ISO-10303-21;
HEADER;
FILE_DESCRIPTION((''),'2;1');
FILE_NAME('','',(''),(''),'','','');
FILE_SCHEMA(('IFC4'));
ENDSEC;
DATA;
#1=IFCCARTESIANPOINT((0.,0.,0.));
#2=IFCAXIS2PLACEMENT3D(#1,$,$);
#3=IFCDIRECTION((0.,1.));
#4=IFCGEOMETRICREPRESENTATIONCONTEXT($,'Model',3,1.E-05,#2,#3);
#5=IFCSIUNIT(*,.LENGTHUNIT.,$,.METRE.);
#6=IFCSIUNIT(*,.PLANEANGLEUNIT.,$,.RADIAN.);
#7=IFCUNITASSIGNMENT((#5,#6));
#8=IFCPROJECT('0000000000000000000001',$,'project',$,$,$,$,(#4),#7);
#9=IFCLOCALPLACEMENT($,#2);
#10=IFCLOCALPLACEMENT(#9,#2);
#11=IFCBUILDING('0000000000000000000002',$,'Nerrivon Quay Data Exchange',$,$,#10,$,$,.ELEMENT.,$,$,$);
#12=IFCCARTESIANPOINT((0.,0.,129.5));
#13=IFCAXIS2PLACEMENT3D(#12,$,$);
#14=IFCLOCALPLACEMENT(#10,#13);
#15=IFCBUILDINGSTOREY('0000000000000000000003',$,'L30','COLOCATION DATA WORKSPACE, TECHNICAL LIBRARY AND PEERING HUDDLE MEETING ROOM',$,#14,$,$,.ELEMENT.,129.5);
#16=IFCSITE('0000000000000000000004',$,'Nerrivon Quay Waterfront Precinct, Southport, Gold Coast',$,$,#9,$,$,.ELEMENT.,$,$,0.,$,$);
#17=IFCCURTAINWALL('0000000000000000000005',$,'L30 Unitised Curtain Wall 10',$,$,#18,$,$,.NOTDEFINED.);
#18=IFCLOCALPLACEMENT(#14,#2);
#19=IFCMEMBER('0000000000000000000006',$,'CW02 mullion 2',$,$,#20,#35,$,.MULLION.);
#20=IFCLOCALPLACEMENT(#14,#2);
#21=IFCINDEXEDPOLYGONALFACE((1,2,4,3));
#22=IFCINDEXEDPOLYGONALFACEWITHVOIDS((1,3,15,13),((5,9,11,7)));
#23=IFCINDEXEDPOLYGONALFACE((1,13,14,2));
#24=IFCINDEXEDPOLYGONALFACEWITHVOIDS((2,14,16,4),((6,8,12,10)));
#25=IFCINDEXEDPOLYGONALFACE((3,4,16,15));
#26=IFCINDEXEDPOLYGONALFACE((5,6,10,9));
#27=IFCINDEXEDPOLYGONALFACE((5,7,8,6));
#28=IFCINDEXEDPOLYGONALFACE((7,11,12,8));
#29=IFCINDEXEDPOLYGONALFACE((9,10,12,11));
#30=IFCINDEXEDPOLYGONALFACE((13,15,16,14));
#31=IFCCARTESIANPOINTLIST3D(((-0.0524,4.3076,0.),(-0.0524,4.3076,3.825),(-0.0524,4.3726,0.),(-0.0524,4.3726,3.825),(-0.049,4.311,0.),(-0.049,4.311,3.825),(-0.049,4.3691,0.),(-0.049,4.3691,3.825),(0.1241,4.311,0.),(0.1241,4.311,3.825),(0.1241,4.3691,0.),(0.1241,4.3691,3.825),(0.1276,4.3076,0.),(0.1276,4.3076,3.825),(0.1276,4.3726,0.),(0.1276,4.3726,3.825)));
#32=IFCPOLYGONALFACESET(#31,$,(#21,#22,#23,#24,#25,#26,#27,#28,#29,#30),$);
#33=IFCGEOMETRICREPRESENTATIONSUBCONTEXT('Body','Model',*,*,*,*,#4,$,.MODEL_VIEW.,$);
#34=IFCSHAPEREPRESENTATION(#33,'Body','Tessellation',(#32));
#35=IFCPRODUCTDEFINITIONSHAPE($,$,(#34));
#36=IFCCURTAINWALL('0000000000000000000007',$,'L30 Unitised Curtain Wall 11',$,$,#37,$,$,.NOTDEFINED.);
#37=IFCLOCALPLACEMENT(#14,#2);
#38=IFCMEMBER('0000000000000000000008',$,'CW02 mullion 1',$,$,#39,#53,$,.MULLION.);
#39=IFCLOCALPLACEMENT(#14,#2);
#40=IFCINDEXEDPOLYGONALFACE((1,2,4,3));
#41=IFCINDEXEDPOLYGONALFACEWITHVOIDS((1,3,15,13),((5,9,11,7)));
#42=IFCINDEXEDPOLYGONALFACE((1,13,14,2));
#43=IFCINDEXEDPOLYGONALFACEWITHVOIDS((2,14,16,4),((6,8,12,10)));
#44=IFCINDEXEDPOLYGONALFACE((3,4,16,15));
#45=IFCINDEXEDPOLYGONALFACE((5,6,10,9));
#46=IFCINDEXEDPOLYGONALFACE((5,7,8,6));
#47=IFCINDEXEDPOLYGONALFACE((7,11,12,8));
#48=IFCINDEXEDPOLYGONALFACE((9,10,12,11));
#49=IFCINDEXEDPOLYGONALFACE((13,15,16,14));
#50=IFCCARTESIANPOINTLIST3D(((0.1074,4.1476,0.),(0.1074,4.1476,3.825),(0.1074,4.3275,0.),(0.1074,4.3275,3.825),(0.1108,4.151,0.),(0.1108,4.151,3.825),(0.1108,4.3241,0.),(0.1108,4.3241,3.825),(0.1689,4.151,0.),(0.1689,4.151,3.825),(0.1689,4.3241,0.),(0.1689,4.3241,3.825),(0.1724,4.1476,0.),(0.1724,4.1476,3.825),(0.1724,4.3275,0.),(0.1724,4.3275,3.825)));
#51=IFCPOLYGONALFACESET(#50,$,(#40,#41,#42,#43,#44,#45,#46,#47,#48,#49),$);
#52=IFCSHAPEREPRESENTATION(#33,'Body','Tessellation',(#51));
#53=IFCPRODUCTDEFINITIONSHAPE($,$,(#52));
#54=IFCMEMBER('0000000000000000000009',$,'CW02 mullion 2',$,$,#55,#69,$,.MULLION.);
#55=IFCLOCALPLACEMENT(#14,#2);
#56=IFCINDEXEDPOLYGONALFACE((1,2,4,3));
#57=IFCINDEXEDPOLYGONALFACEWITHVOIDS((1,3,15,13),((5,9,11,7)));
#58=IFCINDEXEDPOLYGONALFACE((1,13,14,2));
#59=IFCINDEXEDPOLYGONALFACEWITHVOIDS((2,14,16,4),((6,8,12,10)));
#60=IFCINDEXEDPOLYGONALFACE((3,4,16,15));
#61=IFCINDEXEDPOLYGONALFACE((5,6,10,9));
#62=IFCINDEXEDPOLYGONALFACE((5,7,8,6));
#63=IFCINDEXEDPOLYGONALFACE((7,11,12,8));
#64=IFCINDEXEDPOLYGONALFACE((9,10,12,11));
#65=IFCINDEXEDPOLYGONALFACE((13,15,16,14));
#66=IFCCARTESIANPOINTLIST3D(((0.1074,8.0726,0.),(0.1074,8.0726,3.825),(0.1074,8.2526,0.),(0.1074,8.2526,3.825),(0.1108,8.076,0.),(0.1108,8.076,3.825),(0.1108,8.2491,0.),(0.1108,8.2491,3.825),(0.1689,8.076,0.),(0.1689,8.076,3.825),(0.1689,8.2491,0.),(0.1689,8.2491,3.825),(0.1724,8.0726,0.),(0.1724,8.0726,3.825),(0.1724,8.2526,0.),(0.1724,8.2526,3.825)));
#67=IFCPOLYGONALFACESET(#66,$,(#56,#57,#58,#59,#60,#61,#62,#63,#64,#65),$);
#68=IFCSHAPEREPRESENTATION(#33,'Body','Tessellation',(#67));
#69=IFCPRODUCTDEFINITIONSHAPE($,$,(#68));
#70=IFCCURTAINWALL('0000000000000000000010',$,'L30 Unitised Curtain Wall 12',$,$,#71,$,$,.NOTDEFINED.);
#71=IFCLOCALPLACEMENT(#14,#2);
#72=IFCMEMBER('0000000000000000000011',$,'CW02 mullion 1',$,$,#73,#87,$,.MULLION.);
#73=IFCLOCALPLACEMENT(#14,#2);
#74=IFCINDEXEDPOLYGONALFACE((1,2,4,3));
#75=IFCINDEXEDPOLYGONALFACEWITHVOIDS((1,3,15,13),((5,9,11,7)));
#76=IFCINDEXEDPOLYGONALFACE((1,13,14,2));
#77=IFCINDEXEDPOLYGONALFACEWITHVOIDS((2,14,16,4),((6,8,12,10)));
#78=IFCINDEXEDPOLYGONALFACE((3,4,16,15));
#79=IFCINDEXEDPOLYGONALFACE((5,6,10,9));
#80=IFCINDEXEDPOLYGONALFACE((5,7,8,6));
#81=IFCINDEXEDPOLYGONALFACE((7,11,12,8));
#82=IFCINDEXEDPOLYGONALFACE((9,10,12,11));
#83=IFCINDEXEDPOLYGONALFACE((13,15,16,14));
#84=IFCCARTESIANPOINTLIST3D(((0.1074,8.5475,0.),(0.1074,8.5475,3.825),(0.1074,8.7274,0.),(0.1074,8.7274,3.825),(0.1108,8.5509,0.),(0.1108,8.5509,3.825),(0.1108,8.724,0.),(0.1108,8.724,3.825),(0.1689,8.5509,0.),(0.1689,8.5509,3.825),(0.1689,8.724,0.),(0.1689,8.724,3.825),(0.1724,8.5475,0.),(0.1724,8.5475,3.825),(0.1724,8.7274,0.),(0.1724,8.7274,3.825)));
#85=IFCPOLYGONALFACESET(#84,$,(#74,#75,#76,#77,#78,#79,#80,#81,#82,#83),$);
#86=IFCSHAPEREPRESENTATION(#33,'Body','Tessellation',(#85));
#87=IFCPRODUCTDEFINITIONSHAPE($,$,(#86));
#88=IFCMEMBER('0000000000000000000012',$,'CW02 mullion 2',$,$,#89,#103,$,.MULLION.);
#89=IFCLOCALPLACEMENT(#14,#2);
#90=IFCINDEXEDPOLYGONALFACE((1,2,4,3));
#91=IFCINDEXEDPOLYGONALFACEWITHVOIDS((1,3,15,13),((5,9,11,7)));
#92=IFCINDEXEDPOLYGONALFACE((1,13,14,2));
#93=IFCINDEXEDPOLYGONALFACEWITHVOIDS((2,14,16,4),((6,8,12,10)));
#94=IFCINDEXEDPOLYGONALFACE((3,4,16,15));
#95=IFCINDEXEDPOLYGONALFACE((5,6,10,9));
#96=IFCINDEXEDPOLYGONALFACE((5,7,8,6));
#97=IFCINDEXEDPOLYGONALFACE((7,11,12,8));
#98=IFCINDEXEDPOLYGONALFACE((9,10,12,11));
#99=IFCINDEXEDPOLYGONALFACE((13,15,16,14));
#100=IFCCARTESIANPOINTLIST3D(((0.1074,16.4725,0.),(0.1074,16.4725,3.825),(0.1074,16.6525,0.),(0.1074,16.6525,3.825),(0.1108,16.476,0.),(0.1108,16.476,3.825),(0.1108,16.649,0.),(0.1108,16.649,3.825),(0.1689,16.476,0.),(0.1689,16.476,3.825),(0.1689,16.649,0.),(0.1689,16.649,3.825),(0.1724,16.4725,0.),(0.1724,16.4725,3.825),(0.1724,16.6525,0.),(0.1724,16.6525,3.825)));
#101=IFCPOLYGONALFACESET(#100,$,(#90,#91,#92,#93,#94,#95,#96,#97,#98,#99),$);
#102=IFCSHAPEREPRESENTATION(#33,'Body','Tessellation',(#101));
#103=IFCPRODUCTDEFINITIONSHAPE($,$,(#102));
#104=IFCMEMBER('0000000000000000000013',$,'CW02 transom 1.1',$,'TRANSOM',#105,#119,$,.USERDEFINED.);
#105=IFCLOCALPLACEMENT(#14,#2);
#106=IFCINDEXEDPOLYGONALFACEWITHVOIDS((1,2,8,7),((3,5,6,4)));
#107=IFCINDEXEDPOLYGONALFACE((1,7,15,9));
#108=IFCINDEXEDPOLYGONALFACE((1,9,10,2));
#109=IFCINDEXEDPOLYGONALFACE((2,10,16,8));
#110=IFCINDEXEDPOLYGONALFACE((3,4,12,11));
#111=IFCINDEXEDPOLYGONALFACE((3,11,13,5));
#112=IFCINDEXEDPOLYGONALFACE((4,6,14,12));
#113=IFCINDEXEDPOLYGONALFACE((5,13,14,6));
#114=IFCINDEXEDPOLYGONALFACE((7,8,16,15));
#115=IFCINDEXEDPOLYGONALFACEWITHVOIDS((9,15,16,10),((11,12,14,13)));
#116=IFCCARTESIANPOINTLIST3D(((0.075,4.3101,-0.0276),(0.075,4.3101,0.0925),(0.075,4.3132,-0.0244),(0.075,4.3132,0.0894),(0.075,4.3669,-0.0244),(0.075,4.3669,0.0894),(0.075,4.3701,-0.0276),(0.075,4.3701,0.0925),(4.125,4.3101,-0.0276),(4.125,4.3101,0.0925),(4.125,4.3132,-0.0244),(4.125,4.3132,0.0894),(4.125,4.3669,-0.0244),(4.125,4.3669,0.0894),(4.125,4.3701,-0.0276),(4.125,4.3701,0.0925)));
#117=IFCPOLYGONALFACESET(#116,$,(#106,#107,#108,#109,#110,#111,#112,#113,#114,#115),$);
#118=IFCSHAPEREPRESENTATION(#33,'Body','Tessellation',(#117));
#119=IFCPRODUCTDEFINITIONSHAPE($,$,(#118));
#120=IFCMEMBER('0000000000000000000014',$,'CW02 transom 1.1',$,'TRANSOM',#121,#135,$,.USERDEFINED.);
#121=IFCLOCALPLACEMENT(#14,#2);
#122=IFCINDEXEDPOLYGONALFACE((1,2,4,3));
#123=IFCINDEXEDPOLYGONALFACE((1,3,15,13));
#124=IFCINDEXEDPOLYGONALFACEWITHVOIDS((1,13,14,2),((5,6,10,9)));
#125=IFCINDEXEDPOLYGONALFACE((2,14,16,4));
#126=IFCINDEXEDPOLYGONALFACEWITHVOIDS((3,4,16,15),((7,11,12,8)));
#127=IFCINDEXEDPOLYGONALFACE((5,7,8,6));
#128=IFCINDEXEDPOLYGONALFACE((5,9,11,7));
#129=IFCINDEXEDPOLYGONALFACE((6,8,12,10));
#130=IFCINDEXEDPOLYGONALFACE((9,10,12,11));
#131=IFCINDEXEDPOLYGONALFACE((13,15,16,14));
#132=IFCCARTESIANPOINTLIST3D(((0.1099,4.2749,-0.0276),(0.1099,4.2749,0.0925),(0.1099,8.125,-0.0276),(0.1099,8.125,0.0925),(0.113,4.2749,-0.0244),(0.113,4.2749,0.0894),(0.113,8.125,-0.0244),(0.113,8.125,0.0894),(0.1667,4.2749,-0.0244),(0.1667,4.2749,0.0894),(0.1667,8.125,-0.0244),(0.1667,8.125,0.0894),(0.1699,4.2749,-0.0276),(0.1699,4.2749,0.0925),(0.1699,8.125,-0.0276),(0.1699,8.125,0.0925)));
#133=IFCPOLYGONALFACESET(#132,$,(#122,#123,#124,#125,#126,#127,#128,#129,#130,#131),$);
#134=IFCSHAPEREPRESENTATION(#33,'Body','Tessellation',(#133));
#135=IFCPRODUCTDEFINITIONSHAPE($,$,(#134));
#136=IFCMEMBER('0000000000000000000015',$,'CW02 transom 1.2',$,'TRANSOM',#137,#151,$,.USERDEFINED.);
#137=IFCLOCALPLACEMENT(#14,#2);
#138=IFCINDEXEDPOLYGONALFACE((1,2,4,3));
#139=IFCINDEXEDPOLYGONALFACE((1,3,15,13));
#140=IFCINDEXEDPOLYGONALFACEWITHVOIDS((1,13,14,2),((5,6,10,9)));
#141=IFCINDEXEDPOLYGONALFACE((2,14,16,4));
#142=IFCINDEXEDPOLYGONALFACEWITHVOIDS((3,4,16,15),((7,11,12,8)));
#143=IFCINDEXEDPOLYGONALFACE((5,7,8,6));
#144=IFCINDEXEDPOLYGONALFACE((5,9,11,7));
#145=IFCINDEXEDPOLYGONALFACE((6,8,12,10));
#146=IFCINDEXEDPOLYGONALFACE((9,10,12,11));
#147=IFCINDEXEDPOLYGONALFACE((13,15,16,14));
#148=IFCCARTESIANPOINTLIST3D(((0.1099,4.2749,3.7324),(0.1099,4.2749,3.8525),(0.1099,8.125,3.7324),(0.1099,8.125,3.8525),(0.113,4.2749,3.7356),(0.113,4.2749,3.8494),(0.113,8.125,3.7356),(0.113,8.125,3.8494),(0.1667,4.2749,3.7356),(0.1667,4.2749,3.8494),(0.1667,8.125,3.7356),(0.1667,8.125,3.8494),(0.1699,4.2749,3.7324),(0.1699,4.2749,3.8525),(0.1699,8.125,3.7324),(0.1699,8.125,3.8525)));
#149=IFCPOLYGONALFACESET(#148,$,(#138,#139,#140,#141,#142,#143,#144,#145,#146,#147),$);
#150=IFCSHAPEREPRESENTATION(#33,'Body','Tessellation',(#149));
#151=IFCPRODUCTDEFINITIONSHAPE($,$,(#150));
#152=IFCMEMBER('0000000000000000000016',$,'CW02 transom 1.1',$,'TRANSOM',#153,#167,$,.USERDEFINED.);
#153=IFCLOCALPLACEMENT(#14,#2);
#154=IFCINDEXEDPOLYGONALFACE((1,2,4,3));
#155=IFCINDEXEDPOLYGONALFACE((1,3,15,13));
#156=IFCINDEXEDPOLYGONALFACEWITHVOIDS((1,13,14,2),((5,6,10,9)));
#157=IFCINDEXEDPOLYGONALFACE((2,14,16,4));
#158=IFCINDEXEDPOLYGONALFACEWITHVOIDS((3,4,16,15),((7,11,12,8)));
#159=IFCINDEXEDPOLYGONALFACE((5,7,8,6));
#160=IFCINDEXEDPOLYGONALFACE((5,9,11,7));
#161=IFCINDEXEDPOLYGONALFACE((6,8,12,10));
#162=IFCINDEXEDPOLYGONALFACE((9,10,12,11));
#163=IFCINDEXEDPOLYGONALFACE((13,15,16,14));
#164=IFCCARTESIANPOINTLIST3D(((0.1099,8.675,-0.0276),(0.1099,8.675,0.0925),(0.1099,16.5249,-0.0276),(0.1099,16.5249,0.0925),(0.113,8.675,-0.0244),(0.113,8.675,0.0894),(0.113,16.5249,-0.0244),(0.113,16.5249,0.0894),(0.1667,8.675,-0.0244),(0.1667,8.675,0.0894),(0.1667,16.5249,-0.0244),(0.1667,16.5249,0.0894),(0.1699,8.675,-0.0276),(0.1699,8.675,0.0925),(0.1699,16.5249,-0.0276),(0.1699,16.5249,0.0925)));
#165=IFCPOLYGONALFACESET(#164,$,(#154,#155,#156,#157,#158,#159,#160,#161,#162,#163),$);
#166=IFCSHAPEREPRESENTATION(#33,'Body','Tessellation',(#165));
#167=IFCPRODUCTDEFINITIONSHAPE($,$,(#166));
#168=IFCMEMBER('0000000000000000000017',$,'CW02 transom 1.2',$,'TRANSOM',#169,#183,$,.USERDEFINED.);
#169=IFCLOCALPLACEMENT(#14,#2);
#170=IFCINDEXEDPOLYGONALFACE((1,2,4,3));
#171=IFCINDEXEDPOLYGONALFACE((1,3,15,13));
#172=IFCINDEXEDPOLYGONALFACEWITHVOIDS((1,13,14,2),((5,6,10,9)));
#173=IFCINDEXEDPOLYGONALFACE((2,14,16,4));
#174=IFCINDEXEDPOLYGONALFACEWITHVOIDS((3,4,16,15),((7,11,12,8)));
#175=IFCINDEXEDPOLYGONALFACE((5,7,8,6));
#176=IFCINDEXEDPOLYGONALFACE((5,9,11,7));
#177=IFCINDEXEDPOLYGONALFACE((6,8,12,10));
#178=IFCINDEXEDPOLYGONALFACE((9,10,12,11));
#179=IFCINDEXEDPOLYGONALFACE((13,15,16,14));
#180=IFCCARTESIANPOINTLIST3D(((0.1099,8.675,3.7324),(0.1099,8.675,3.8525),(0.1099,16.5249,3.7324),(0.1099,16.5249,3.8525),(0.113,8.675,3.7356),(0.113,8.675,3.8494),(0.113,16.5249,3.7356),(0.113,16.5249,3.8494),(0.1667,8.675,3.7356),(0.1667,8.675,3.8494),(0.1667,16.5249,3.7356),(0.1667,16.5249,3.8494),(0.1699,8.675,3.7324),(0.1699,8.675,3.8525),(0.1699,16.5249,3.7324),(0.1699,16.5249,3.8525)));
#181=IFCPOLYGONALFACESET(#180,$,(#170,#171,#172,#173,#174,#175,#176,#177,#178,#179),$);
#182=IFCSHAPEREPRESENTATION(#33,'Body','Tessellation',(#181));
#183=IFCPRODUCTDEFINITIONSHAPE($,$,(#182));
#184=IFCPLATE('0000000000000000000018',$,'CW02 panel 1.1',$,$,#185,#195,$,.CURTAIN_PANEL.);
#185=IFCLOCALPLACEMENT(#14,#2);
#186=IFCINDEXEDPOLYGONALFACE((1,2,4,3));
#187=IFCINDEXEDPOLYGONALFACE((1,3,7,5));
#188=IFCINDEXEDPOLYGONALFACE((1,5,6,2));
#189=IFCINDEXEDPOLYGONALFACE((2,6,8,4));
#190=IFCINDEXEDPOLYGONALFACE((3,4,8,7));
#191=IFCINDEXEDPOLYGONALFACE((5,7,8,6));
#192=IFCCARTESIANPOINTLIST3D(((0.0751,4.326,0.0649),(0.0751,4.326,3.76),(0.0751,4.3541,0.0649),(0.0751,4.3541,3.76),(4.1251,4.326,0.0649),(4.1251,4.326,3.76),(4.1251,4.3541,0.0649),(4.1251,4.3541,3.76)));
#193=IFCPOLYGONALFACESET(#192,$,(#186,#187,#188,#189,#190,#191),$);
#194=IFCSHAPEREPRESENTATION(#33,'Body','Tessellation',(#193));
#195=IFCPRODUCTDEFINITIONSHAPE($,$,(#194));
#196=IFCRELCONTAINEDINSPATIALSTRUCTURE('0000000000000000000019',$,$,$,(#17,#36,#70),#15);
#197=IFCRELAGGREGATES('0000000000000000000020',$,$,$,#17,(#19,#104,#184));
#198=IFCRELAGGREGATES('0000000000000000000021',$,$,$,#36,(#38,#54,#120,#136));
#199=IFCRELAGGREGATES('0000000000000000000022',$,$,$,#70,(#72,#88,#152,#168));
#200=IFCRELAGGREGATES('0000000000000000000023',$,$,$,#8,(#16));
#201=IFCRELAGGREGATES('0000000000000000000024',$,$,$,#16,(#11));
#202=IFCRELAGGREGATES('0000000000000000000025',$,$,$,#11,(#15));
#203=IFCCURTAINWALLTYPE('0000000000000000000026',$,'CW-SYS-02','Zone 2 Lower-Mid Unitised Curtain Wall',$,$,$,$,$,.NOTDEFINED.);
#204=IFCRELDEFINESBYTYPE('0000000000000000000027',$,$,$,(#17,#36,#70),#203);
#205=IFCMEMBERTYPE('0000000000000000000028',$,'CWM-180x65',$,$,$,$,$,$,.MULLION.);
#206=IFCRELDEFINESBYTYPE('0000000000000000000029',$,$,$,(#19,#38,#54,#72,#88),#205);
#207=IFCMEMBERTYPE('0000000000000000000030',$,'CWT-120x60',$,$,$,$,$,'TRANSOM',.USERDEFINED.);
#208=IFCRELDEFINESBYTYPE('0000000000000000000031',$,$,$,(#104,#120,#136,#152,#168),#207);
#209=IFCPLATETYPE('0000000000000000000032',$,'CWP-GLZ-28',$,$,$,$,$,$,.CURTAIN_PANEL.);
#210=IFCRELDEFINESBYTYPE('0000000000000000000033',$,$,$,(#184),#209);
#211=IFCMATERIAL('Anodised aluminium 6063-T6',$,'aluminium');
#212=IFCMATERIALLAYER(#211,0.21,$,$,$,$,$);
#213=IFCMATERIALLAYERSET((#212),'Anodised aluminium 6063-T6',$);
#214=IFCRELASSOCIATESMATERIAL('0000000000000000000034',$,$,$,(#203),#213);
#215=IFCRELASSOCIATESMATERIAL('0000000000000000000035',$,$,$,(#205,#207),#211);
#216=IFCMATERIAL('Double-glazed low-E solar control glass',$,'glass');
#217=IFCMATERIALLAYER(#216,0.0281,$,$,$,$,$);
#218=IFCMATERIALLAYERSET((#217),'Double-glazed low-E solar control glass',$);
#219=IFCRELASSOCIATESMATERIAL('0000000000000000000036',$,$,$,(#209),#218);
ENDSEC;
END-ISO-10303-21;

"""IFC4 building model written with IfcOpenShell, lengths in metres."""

from ifc_helpers import new_model, si_unit, direction, frame, origin, origin_2d, place, context, subcontext, project, spatial, rectangle, hollow_rectangle, extrude, material, layer, layer_set, material_profile, profile_set, type_object, element, aggregate, save


model = new_model("IFC4")

# Units and contexts
model_context = context("Model", 3, precision=1e-05, world=origin(), true_north=direction((0.0, 1.0)))
body_context = subcontext(model_context, "Body", "Model", "MODEL_VIEW")
ifc_project = project(units=[si_unit("LENGTHUNIT", "METRE"), si_unit("PLANEANGLEUNIT", "RADIAN")], contexts=[model_context])

# Site, building, storey
site_placement = place(None, origin())
site = spatial("IfcSite", under=ifc_project, at=site_placement, Name="Nerrivon Quay Waterfront Precinct, Southport, Gold Coast", CompositionType="ELEMENT", RefElevation=0.0)
building_placement = place(site_placement, origin())
building = spatial("IfcBuilding", under=site, at=building_placement, Name="Nerrivon Quay Data Exchange", CompositionType="ELEMENT")
storey_placement = place(building_placement, frame((0.0, 0.0, 129.5)))
storey = spatial("IfcBuildingStorey", under=building, at=storey_placement, Name="L30", Description="COLOCATION DATA WORKSPACE, TECHNICAL LIBRARY AND PEERING HUDDLE MEETING ROOM", CompositionType="ELEMENT", Elevation=129.5)

# Curtain wall, member
ifc_material_1 = material(Name="Anodised aluminium 6063-T6", Category="aluminium")
ifc_layer_1 = layer(ifc_material_1, 0.21)
ifc_layer_set_1 = layer_set([ifc_layer_1], Name="Anodised aluminium 6063-T6")
curtain_wall_type = type_object("IfcCurtainWallType", Name="CW-SYS-02", Description="Zone 2 Lower-Mid Unitised Curtain Wall", PredefinedType="NOTDEFINED", material=ifc_layer_set_1)
curtain_wall_1_placement = place(storey_placement, origin())
curtain_wall_1 = element("IfcCurtainWall", 1, at=curtain_wall_1_placement, inside=storey, type_object=curtain_wall_type, Name="L30 Unitised Curtain Wall 10", PredefinedType="NOTDEFINED")
ifc_material_profile_1 = material_profile(ifc_material_1, hollow_rectangle(XDim=0.0649, YDim=0.1799, WallThickness=0.0034, at=origin_2d()), Name="ALU-MULL-180x65")
ifc_profile_set_1 = profile_set([ifc_material_profile_1], Name="Anodised aluminium 6063-T6")
member_type_1 = type_object("IfcMemberType", Name="CWM-180x65", PredefinedType="MULLION", material=ifc_profile_set_1)
member_1_placement = place(storey_placement, frame((0.0376, 4.3401, 0.0), z_axis=(0.0, 0.0, 1.0), x_axis=(0.0, -1.0, 0.0)))
member_1 = element("IfcMember", 2, at=member_1_placement, type_object=member_type_1, Name="CW02 mullion 2", PredefinedType="MULLION", context=body_context, shape_type="SweptSolid", body=[
    extrude(hollow_rectangle(XDim=0.0649, YDim=0.1799, WallThickness=0.0034, at=origin_2d()), origin(), (0.0, 0.0, 1.0), 3.825),
])

# Curtain walls, members
curtain_wall_2_placement = place(storey_placement, origin())
curtain_wall_2 = element("IfcCurtainWall", 3, at=curtain_wall_2_placement, inside=storey, type_object=curtain_wall_type, Name="L30 Unitised Curtain Wall 11", PredefinedType="NOTDEFINED")
member_2_placement = place(storey_placement, frame((0.1399, 4.2375, 0.0), z_axis=(0.0, 0.0, 1.0), x_axis=(-1.0, 0.0, 0.0)))
member_2 = element("IfcMember", 4, at=member_2_placement, type_object=member_type_1, Name="CW02 mullion 1", PredefinedType="MULLION", context=body_context, shape_type="SweptSolid", body=[
    extrude(hollow_rectangle(XDim=0.0649, YDim=0.1799, WallThickness=0.0034, at=origin_2d()), origin(), (0.0, 0.0, 1.0), 3.825),
])
member_3_placement = place(storey_placement, frame((0.1399, 8.1626, 0.0), z_axis=(0.0, 0.0, 1.0), x_axis=(-1.0, 0.0, 0.0)))
member_3 = element("IfcMember", 5, at=member_3_placement, type_object=member_type_1, Name="CW02 mullion 2", PredefinedType="MULLION", context=body_context, shape_type="SweptSolid", body=[
    extrude(hollow_rectangle(XDim=0.0649, YDim=0.1799, WallThickness=0.0034, at=origin_2d()), origin(), (0.0, 0.0, 1.0), 3.825),
])
curtain_wall_3_placement = place(storey_placement, origin())
curtain_wall_3 = element("IfcCurtainWall", 6, at=curtain_wall_3_placement, inside=storey, type_object=curtain_wall_type, Name="L30 Unitised Curtain Wall 12", PredefinedType="NOTDEFINED")
member_4_placement = place(storey_placement, frame((0.1399, 8.6375, 0.0), z_axis=(0.0, 0.0, 1.0), x_axis=(-1.0, 0.0, 0.0)))
member_4 = element("IfcMember", 7, at=member_4_placement, type_object=member_type_1, Name="CW02 mullion 1", PredefinedType="MULLION", context=body_context, shape_type="SweptSolid", body=[
    extrude(hollow_rectangle(XDim=0.0649, YDim=0.1799, WallThickness=0.0034, at=origin_2d()), origin(), (0.0, 0.0, 1.0), 3.825),
])
member_5_placement = place(storey_placement, frame((0.1399, 16.5625, 0.0), z_axis=(0.0, 0.0, 1.0), x_axis=(-1.0, 0.0, 0.0)))
member_5 = element("IfcMember", 8, at=member_5_placement, type_object=member_type_1, Name="CW02 mullion 2", PredefinedType="MULLION", context=body_context, shape_type="SweptSolid", body=[
    extrude(hollow_rectangle(XDim=0.0649, YDim=0.1799, WallThickness=0.0034, at=origin_2d()), origin(), (0.0, 0.0, 1.0), 3.825),
])

# Members
ifc_material_profile_2 = material_profile(ifc_material_1, hollow_rectangle(XDim=0.0601, YDim=0.1201, WallThickness=0.0032, at=origin_2d()), Name="ALU-TRAN-120x60")
ifc_profile_set_2 = profile_set([ifc_material_profile_2], Name="Anodised aluminium 6063-T6")
member_type_2 = type_object("IfcMemberType", Name="CWT-120x60", ElementType="TRANSOM", PredefinedType="USERDEFINED", material=ifc_profile_set_2)
member_6_placement = place(storey_placement, frame((4.125, 4.3401, 0.0325), z_axis=(-1.0, 0.0, 0.0), x_axis=(0.0, -1.0, 0.0)))
member_6 = element("IfcMember", 9, at=member_6_placement, type_object=member_type_2, Name="CW02 transom 1.1", ObjectType="TRANSOM", PredefinedType="USERDEFINED", context=body_context, shape_type="SweptSolid", body=[
    extrude(hollow_rectangle(XDim=0.0601, YDim=0.1201, WallThickness=0.0032, at=origin_2d()), origin(), (0.0, 0.0, 1.0), 4.05),
])
member_7_placement = place(storey_placement, frame((0.1399, 4.2749, 0.0325), z_axis=(0.0, 1.0, 0.0), x_axis=(-1.0, 0.0, 0.0)))
member_7 = element("IfcMember", 10, at=member_7_placement, type_object=member_type_2, Name="CW02 transom 1.1", ObjectType="TRANSOM", PredefinedType="USERDEFINED", context=body_context, shape_type="SweptSolid", body=[
    extrude(hollow_rectangle(XDim=0.0601, YDim=0.1201, WallThickness=0.0032, at=origin_2d()), origin(), (0.0, 0.0, 1.0), 3.8501),
])
member_8_placement = place(storey_placement, frame((0.1399, 4.2749, 3.7925), z_axis=(0.0, 1.0, 0.0), x_axis=(-1.0, 0.0, 0.0)))
member_8 = element("IfcMember", 11, at=member_8_placement, type_object=member_type_2, Name="CW02 transom 1.2", ObjectType="TRANSOM", PredefinedType="USERDEFINED", context=body_context, shape_type="SweptSolid", body=[
    extrude(hollow_rectangle(XDim=0.0601, YDim=0.1201, WallThickness=0.0032, at=origin_2d()), origin(), (0.0, 0.0, 1.0), 3.8501),
])
member_9_placement = place(storey_placement, frame((0.1399, 8.675, 0.0325), z_axis=(0.0, 1.0, 0.0), x_axis=(-1.0, 0.0, 0.0)))
member_9 = element("IfcMember", 12, at=member_9_placement, type_object=member_type_2, Name="CW02 transom 1.1", ObjectType="TRANSOM", PredefinedType="USERDEFINED", context=body_context, shape_type="SweptSolid", body=[
    extrude(hollow_rectangle(XDim=0.0601, YDim=0.1201, WallThickness=0.0032, at=origin_2d()), origin(), (0.0, 0.0, 1.0), 7.8499),
])
member_10_placement = place(storey_placement, frame((0.1399, 8.675, 3.7925), z_axis=(0.0, 1.0, 0.0), x_axis=(-1.0, 0.0, 0.0)))
member_10 = element("IfcMember", 13, at=member_10_placement, type_object=member_type_2, Name="CW02 transom 1.2", ObjectType="TRANSOM", PredefinedType="USERDEFINED", context=body_context, shape_type="SweptSolid", body=[
    extrude(hollow_rectangle(XDim=0.0601, YDim=0.1201, WallThickness=0.0032, at=origin_2d()), origin(), (0.0, 0.0, 1.0), 7.8499),
])

# Plate
ifc_material_2 = material(Name="Double-glazed low-E solar control glass", Category="glass")
ifc_layer_2 = layer(ifc_material_2, 0.0281)
ifc_layer_set_2 = layer_set([ifc_layer_2], Name="Double-glazed low-E solar control glass")
plate_type = type_object("IfcPlateType", Name="CWP-GLZ-28", PredefinedType="CURTAIN_PANEL", material=ifc_layer_set_2)
plate_1_placement = place(storey_placement, frame((2.1001, 4.3401, 0.0649), z_axis=(0.0, 0.0, 1.0), x_axis=(-1.0, 0.0, 0.0)))
plate_1 = element("IfcPlate", 14, at=plate_1_placement, type_object=plate_type, Name="CW02 panel 1.1", PredefinedType="CURTAIN_PANEL", context=body_context, shape_type="SweptSolid", body=[
    extrude(rectangle(XDim=4.05, YDim=0.0281, at=origin_2d()), origin(), (0.0, 0.0, 1.0), 3.6951),
])
aggregate(curtain_wall_1, [member_1, member_6, plate_1])
aggregate(curtain_wall_2, [member_2, member_3, member_7, member_8])
aggregate(curtain_wall_3, [member_4, member_5, member_9, member_10])

save(model, "model.ifc")
